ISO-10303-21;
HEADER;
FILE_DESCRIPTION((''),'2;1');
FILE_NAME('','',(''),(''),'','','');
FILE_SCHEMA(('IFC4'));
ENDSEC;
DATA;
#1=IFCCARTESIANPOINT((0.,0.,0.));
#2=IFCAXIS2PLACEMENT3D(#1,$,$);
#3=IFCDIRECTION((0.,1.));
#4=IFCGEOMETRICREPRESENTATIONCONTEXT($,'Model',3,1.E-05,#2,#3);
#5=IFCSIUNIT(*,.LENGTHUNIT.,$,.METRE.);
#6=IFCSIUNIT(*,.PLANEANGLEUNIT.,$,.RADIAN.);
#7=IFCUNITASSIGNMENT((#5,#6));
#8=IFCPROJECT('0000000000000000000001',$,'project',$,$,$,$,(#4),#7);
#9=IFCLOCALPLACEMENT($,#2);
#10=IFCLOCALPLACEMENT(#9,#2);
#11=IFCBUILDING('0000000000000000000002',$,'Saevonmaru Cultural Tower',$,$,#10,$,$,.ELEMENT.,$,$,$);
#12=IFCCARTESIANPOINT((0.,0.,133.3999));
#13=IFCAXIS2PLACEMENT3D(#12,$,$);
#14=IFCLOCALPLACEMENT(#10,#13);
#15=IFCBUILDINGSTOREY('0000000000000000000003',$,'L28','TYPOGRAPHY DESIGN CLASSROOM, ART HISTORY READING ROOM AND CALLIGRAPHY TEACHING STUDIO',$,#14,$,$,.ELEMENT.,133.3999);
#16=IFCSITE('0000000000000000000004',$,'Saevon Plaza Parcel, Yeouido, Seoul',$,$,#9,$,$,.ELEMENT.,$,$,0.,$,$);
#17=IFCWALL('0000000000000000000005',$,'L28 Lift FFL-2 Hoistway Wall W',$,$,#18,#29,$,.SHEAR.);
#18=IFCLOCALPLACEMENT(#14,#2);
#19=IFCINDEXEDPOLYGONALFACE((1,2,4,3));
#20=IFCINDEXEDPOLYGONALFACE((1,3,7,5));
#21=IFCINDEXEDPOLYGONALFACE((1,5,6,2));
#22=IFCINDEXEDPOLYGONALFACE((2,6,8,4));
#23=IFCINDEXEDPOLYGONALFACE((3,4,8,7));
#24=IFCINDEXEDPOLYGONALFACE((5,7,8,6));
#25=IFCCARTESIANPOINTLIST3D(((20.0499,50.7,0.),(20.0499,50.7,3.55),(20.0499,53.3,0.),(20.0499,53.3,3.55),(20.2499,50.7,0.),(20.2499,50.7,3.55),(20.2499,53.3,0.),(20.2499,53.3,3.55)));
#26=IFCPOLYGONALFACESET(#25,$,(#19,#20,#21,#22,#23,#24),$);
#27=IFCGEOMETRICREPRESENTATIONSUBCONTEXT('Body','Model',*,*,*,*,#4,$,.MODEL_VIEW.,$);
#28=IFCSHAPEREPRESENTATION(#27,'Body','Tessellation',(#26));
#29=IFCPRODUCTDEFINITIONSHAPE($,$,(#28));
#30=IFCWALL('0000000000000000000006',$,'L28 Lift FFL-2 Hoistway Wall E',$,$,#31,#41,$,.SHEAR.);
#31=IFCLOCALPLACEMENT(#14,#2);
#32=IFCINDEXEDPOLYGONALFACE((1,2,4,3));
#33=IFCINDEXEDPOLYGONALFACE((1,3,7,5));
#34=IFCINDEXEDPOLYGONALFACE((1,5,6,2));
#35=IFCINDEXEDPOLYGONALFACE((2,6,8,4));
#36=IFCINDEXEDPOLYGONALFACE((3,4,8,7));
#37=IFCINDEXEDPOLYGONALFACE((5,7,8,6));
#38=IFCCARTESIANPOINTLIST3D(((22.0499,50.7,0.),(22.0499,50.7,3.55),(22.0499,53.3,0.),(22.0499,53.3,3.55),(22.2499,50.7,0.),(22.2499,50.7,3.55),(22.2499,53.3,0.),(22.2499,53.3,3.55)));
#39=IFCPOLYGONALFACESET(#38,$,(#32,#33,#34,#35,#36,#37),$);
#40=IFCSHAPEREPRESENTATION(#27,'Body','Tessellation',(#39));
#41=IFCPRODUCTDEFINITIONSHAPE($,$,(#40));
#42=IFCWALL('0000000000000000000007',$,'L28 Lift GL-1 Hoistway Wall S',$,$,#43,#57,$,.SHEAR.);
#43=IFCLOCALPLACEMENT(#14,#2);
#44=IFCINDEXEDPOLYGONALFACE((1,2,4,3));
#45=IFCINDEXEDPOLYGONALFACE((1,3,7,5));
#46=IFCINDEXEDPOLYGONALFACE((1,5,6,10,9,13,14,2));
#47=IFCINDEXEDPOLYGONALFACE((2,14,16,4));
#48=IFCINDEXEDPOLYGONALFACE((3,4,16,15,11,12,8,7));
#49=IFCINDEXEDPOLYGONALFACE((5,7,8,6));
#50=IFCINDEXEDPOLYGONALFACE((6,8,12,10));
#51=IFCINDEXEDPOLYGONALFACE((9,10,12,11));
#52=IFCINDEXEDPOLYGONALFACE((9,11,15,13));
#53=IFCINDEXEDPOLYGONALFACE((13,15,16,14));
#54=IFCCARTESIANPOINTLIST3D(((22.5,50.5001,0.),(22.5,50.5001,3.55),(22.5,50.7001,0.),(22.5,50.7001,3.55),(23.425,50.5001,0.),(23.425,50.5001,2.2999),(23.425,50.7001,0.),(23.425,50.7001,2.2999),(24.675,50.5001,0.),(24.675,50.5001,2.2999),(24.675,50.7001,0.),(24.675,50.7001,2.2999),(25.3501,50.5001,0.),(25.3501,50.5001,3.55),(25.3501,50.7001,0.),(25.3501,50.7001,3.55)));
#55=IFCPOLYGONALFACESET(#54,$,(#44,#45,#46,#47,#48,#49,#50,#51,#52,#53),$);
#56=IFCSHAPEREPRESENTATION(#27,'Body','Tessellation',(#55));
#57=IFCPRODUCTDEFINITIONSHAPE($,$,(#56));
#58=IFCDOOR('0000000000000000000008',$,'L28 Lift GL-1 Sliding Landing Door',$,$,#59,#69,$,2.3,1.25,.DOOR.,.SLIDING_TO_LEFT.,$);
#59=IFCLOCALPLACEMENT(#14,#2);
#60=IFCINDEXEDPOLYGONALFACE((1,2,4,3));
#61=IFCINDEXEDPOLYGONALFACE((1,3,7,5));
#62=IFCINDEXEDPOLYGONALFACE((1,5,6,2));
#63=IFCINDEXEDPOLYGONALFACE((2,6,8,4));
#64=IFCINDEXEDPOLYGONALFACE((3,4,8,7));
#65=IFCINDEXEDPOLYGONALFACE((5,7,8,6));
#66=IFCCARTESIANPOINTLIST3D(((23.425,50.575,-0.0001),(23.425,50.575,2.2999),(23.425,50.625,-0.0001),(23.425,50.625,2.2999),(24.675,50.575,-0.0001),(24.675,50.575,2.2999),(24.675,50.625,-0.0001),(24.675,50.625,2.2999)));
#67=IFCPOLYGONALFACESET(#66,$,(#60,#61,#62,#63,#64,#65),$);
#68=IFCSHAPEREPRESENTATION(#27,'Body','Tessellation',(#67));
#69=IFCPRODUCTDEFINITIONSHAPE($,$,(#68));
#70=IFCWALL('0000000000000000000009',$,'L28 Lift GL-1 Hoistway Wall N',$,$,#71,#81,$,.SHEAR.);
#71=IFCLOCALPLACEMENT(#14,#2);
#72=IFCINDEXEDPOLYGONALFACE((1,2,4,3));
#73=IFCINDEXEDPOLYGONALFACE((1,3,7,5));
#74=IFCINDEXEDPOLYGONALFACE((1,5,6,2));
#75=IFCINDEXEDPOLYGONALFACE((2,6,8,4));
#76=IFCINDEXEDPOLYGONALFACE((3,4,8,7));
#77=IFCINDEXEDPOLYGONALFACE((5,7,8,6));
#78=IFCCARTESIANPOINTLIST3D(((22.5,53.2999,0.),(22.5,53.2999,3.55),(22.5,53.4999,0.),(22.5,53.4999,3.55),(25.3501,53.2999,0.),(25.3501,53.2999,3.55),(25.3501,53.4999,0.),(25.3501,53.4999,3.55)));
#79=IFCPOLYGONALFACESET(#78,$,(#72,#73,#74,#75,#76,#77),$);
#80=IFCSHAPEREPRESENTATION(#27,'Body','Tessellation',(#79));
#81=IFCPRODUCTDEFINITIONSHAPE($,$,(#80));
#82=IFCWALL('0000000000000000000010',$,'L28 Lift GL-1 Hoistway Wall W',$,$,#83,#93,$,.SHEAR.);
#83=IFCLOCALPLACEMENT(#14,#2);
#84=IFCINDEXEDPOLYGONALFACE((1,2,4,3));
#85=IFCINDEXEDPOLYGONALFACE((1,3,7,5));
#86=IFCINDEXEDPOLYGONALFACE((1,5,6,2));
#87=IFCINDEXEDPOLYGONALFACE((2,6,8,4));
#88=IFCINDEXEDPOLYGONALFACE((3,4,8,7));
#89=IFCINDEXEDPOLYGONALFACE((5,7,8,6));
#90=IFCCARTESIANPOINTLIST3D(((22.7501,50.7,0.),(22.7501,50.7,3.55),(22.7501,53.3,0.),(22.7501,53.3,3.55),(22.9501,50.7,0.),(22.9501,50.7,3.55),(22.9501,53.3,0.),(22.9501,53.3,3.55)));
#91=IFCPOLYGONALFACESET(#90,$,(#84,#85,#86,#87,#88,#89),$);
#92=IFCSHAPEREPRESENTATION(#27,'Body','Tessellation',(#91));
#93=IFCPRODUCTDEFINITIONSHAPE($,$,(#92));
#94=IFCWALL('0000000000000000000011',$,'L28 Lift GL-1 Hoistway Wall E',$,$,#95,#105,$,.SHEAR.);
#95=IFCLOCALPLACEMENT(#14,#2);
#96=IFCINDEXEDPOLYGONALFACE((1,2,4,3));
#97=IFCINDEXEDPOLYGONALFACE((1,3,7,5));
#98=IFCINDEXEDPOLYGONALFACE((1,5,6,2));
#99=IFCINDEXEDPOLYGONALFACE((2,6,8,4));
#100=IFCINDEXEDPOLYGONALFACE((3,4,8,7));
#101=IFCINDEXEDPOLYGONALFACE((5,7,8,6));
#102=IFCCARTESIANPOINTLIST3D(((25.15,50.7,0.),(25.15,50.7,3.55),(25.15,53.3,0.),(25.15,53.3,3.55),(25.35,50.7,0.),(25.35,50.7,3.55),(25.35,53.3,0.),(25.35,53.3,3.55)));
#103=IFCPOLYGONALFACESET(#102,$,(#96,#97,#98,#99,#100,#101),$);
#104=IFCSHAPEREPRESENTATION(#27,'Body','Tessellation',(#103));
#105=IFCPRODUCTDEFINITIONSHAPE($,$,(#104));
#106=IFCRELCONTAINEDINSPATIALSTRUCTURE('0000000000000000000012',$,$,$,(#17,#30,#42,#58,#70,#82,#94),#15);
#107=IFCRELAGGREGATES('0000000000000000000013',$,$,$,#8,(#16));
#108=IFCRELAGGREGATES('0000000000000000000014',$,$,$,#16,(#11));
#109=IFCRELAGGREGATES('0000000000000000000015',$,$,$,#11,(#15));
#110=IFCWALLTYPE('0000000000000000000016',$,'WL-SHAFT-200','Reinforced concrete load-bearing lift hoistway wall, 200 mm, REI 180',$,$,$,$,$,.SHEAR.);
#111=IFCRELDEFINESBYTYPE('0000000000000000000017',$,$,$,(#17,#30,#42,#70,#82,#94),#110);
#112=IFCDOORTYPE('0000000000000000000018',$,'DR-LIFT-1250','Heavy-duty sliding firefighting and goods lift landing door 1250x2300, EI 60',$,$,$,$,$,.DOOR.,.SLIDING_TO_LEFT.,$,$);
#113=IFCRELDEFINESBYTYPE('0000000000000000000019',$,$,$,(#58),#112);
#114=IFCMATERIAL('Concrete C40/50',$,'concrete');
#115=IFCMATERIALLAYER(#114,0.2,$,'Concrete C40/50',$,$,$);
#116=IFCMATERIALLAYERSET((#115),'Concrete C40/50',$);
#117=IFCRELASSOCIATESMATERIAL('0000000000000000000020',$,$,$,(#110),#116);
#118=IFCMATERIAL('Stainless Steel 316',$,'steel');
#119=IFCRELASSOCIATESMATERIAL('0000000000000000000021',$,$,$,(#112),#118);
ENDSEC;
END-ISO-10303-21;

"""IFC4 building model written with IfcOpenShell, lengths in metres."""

from ifc_helpers import new_model, si_unit, direction, frame, frame_2d, origin, place, context, subcontext, project, spatial, rectangle, extrude, material, layer, layer_set, type_object, element, fill, save


model = new_model("IFC4")

# Units and contexts
model_context = context("Model", 3, precision=1e-05, world=origin(), true_north=direction((0.0, 1.0)))
body_context = subcontext(model_context, "Body", "Model", "MODEL_VIEW")
ifc_project = project(units=[si_unit("LENGTHUNIT", "METRE"), si_unit("PLANEANGLEUNIT", "RADIAN")], contexts=[model_context])

# Site, building, storey
site_placement = place(None, origin())
site = spatial("IfcSite", under=ifc_project, at=site_placement, Name="Saevon Plaza Parcel, Yeouido, Seoul", CompositionType="ELEMENT", RefElevation=0.0)
building_placement = place(site_placement, origin())
building = spatial("IfcBuilding", under=site, at=building_placement, Name="Saevonmaru Cultural Tower", CompositionType="ELEMENT")
storey_placement = place(building_placement, frame((0.0, 0.0, 133.3999)))
storey = spatial("IfcBuildingStorey", under=building, at=storey_placement, Name="L28", Description="TYPOGRAPHY DESIGN CLASSROOM, ART HISTORY READING ROOM AND CALLIGRAPHY TEACHING STUDIO", CompositionType="ELEMENT", Elevation=133.3999)

# Shared definitions
ifc_material_1 = material(Name="Concrete C40/50", Category="concrete")
ifc_layer_1 = layer(ifc_material_1, 0.2, Name="Concrete C40/50")
ifc_layer_set_1 = layer_set([ifc_layer_1], Name="Concrete C40/50")
wall_type_1 = type_object("IfcWallType", Name="WL-SHAFT-200", Description="Reinforced concrete load-bearing lift hoistway wall, 200 mm, REI 180", PredefinedType="SHEAR", material=ifc_layer_set_1)

# Shared definitions
ifc_material_2 = material(Name="Stainless Steel 316", Category="steel")
door_type = type_object("IfcDoorType", Name="DR-LIFT-1250", Description="Heavy-duty sliding firefighting and goods lift landing door 1250x2300, EI 60", OperationType="SLIDING_TO_LEFT", PredefinedType="DOOR", material=ifc_material_2)

# Walls
for number, where, z_axis, x_axis, name in (
    (1, (20.1499, 50.7, 0.0), (0.0, 0.0, 1.0), (0.0, 1.0, 0.0), "L28 Lift FFL-2 Hoistway Wall W"),
    (2, (22.1499, 50.7, 0.0), (0.0, 0.0, 1.0), (0.0, 1.0, 0.0), "L28 Lift FFL-2 Hoistway Wall E"),
):
    element("IfcWall", number, at=place(storey_placement, frame(where, z_axis=z_axis, x_axis=x_axis)), inside=storey, type_object=wall_type_1, Name=name, PredefinedType="SHEAR", context=body_context, shape_type="SweptSolid", body=[
        extrude(rectangle(XDim=2.6001, YDim=0.2, at=frame_2d((1.3, 0.0))), origin(), (0.0, 0.0, 1.0), 3.55),
    ])

# Wall, opening, door
wall_1_placement = place(storey_placement, frame((22.5, 50.6001, 0.0), z_axis=(0.0, 0.0, 1.0), x_axis=(1.0, 0.0, 0.0)))
wall_1 = element("IfcWall", 3, at=wall_1_placement, inside=storey, type_object=wall_type_1, Name="L28 Lift GL-1 Hoistway Wall S", PredefinedType="SHEAR", context=body_context, shape_type="SweptSolid", body=[
    extrude(rectangle(XDim=2.8501, YDim=0.2, at=frame_2d((1.425, 0.0))), origin(), (0.0, 0.0, 1.0), 3.55),
])
opening_1_placement = place(wall_1_placement, frame((0.925, 0.0, 0.0)))
opening_1 = element("IfcOpeningElement", 4, at=opening_1_placement, cuts=wall_1, PredefinedType="OPENING", context=body_context, shape_type="SweptSolid", body=[
    extrude(rectangle(XDim=1.25, YDim=2.3, at=frame_2d((0.625, 1.1499))), frame((0.0, 0.1099, 0.0), z_axis=(0.0, -1.0, 0.0), x_axis=(1.0, 0.0, 0.0)), (0.0, 0.0, 1.0), 0.22),
])
door_1_placement = place(opening_1_placement, origin())
door_1 = element("IfcDoor", 5, at=door_1_placement, inside=storey, type_object=door_type, Name="L28 Lift GL-1 Sliding Landing Door", OperationType="SLIDING_TO_LEFT", OverallHeight=2.3, OverallWidth=1.25, PredefinedType="DOOR", context=body_context, shape_type="SweptSolid", body=[
    extrude(rectangle(XDim=1.25, YDim=2.3, at=frame_2d((0.625, 1.1499))), frame((0.0, 0.0249, 0.0), z_axis=(0.0, -1.0, 0.0), x_axis=(1.0, 0.0, 0.0)), (0.0, 0.0, 1.0), 0.05),
])
fill(opening_1, door_1)

# Walls
wall_2_placement = place(storey_placement, frame((22.5, 53.3999, 0.0), z_axis=(0.0, 0.0, 1.0), x_axis=(1.0, 0.0, 0.0)))
element("IfcWall", 6, at=wall_2_placement, inside=storey, type_object=wall_type_1, Name="L28 Lift GL-1 Hoistway Wall N", PredefinedType="SHEAR", context=body_context, shape_type="SweptSolid", body=[
    extrude(rectangle(XDim=2.8501, YDim=0.2, at=frame_2d((1.425, 0.0))), origin(), (0.0, 0.0, 1.0), 3.55),
])
for number, where, z_axis, x_axis, name in (
    (7, (22.8501, 50.7, 0.0), (0.0, 0.0, 1.0), (0.0, 1.0, 0.0), "L28 Lift GL-1 Hoistway Wall W"),
    (8, (25.25, 50.7, 0.0), (0.0, 0.0, 1.0), (0.0, 1.0, 0.0), "L28 Lift GL-1 Hoistway Wall E"),
):
    element("IfcWall", number, at=place(storey_placement, frame(where, z_axis=z_axis, x_axis=x_axis)), inside=storey, type_object=wall_type_1, Name=name, PredefinedType="SHEAR", context=body_context, shape_type="SweptSolid", body=[
        extrude(rectangle(XDim=2.6001, YDim=0.2, at=frame_2d((1.3, 0.0))), origin(), (0.0, 0.0, 1.0), 3.55),
    ])

save(model, "model.ifc")
